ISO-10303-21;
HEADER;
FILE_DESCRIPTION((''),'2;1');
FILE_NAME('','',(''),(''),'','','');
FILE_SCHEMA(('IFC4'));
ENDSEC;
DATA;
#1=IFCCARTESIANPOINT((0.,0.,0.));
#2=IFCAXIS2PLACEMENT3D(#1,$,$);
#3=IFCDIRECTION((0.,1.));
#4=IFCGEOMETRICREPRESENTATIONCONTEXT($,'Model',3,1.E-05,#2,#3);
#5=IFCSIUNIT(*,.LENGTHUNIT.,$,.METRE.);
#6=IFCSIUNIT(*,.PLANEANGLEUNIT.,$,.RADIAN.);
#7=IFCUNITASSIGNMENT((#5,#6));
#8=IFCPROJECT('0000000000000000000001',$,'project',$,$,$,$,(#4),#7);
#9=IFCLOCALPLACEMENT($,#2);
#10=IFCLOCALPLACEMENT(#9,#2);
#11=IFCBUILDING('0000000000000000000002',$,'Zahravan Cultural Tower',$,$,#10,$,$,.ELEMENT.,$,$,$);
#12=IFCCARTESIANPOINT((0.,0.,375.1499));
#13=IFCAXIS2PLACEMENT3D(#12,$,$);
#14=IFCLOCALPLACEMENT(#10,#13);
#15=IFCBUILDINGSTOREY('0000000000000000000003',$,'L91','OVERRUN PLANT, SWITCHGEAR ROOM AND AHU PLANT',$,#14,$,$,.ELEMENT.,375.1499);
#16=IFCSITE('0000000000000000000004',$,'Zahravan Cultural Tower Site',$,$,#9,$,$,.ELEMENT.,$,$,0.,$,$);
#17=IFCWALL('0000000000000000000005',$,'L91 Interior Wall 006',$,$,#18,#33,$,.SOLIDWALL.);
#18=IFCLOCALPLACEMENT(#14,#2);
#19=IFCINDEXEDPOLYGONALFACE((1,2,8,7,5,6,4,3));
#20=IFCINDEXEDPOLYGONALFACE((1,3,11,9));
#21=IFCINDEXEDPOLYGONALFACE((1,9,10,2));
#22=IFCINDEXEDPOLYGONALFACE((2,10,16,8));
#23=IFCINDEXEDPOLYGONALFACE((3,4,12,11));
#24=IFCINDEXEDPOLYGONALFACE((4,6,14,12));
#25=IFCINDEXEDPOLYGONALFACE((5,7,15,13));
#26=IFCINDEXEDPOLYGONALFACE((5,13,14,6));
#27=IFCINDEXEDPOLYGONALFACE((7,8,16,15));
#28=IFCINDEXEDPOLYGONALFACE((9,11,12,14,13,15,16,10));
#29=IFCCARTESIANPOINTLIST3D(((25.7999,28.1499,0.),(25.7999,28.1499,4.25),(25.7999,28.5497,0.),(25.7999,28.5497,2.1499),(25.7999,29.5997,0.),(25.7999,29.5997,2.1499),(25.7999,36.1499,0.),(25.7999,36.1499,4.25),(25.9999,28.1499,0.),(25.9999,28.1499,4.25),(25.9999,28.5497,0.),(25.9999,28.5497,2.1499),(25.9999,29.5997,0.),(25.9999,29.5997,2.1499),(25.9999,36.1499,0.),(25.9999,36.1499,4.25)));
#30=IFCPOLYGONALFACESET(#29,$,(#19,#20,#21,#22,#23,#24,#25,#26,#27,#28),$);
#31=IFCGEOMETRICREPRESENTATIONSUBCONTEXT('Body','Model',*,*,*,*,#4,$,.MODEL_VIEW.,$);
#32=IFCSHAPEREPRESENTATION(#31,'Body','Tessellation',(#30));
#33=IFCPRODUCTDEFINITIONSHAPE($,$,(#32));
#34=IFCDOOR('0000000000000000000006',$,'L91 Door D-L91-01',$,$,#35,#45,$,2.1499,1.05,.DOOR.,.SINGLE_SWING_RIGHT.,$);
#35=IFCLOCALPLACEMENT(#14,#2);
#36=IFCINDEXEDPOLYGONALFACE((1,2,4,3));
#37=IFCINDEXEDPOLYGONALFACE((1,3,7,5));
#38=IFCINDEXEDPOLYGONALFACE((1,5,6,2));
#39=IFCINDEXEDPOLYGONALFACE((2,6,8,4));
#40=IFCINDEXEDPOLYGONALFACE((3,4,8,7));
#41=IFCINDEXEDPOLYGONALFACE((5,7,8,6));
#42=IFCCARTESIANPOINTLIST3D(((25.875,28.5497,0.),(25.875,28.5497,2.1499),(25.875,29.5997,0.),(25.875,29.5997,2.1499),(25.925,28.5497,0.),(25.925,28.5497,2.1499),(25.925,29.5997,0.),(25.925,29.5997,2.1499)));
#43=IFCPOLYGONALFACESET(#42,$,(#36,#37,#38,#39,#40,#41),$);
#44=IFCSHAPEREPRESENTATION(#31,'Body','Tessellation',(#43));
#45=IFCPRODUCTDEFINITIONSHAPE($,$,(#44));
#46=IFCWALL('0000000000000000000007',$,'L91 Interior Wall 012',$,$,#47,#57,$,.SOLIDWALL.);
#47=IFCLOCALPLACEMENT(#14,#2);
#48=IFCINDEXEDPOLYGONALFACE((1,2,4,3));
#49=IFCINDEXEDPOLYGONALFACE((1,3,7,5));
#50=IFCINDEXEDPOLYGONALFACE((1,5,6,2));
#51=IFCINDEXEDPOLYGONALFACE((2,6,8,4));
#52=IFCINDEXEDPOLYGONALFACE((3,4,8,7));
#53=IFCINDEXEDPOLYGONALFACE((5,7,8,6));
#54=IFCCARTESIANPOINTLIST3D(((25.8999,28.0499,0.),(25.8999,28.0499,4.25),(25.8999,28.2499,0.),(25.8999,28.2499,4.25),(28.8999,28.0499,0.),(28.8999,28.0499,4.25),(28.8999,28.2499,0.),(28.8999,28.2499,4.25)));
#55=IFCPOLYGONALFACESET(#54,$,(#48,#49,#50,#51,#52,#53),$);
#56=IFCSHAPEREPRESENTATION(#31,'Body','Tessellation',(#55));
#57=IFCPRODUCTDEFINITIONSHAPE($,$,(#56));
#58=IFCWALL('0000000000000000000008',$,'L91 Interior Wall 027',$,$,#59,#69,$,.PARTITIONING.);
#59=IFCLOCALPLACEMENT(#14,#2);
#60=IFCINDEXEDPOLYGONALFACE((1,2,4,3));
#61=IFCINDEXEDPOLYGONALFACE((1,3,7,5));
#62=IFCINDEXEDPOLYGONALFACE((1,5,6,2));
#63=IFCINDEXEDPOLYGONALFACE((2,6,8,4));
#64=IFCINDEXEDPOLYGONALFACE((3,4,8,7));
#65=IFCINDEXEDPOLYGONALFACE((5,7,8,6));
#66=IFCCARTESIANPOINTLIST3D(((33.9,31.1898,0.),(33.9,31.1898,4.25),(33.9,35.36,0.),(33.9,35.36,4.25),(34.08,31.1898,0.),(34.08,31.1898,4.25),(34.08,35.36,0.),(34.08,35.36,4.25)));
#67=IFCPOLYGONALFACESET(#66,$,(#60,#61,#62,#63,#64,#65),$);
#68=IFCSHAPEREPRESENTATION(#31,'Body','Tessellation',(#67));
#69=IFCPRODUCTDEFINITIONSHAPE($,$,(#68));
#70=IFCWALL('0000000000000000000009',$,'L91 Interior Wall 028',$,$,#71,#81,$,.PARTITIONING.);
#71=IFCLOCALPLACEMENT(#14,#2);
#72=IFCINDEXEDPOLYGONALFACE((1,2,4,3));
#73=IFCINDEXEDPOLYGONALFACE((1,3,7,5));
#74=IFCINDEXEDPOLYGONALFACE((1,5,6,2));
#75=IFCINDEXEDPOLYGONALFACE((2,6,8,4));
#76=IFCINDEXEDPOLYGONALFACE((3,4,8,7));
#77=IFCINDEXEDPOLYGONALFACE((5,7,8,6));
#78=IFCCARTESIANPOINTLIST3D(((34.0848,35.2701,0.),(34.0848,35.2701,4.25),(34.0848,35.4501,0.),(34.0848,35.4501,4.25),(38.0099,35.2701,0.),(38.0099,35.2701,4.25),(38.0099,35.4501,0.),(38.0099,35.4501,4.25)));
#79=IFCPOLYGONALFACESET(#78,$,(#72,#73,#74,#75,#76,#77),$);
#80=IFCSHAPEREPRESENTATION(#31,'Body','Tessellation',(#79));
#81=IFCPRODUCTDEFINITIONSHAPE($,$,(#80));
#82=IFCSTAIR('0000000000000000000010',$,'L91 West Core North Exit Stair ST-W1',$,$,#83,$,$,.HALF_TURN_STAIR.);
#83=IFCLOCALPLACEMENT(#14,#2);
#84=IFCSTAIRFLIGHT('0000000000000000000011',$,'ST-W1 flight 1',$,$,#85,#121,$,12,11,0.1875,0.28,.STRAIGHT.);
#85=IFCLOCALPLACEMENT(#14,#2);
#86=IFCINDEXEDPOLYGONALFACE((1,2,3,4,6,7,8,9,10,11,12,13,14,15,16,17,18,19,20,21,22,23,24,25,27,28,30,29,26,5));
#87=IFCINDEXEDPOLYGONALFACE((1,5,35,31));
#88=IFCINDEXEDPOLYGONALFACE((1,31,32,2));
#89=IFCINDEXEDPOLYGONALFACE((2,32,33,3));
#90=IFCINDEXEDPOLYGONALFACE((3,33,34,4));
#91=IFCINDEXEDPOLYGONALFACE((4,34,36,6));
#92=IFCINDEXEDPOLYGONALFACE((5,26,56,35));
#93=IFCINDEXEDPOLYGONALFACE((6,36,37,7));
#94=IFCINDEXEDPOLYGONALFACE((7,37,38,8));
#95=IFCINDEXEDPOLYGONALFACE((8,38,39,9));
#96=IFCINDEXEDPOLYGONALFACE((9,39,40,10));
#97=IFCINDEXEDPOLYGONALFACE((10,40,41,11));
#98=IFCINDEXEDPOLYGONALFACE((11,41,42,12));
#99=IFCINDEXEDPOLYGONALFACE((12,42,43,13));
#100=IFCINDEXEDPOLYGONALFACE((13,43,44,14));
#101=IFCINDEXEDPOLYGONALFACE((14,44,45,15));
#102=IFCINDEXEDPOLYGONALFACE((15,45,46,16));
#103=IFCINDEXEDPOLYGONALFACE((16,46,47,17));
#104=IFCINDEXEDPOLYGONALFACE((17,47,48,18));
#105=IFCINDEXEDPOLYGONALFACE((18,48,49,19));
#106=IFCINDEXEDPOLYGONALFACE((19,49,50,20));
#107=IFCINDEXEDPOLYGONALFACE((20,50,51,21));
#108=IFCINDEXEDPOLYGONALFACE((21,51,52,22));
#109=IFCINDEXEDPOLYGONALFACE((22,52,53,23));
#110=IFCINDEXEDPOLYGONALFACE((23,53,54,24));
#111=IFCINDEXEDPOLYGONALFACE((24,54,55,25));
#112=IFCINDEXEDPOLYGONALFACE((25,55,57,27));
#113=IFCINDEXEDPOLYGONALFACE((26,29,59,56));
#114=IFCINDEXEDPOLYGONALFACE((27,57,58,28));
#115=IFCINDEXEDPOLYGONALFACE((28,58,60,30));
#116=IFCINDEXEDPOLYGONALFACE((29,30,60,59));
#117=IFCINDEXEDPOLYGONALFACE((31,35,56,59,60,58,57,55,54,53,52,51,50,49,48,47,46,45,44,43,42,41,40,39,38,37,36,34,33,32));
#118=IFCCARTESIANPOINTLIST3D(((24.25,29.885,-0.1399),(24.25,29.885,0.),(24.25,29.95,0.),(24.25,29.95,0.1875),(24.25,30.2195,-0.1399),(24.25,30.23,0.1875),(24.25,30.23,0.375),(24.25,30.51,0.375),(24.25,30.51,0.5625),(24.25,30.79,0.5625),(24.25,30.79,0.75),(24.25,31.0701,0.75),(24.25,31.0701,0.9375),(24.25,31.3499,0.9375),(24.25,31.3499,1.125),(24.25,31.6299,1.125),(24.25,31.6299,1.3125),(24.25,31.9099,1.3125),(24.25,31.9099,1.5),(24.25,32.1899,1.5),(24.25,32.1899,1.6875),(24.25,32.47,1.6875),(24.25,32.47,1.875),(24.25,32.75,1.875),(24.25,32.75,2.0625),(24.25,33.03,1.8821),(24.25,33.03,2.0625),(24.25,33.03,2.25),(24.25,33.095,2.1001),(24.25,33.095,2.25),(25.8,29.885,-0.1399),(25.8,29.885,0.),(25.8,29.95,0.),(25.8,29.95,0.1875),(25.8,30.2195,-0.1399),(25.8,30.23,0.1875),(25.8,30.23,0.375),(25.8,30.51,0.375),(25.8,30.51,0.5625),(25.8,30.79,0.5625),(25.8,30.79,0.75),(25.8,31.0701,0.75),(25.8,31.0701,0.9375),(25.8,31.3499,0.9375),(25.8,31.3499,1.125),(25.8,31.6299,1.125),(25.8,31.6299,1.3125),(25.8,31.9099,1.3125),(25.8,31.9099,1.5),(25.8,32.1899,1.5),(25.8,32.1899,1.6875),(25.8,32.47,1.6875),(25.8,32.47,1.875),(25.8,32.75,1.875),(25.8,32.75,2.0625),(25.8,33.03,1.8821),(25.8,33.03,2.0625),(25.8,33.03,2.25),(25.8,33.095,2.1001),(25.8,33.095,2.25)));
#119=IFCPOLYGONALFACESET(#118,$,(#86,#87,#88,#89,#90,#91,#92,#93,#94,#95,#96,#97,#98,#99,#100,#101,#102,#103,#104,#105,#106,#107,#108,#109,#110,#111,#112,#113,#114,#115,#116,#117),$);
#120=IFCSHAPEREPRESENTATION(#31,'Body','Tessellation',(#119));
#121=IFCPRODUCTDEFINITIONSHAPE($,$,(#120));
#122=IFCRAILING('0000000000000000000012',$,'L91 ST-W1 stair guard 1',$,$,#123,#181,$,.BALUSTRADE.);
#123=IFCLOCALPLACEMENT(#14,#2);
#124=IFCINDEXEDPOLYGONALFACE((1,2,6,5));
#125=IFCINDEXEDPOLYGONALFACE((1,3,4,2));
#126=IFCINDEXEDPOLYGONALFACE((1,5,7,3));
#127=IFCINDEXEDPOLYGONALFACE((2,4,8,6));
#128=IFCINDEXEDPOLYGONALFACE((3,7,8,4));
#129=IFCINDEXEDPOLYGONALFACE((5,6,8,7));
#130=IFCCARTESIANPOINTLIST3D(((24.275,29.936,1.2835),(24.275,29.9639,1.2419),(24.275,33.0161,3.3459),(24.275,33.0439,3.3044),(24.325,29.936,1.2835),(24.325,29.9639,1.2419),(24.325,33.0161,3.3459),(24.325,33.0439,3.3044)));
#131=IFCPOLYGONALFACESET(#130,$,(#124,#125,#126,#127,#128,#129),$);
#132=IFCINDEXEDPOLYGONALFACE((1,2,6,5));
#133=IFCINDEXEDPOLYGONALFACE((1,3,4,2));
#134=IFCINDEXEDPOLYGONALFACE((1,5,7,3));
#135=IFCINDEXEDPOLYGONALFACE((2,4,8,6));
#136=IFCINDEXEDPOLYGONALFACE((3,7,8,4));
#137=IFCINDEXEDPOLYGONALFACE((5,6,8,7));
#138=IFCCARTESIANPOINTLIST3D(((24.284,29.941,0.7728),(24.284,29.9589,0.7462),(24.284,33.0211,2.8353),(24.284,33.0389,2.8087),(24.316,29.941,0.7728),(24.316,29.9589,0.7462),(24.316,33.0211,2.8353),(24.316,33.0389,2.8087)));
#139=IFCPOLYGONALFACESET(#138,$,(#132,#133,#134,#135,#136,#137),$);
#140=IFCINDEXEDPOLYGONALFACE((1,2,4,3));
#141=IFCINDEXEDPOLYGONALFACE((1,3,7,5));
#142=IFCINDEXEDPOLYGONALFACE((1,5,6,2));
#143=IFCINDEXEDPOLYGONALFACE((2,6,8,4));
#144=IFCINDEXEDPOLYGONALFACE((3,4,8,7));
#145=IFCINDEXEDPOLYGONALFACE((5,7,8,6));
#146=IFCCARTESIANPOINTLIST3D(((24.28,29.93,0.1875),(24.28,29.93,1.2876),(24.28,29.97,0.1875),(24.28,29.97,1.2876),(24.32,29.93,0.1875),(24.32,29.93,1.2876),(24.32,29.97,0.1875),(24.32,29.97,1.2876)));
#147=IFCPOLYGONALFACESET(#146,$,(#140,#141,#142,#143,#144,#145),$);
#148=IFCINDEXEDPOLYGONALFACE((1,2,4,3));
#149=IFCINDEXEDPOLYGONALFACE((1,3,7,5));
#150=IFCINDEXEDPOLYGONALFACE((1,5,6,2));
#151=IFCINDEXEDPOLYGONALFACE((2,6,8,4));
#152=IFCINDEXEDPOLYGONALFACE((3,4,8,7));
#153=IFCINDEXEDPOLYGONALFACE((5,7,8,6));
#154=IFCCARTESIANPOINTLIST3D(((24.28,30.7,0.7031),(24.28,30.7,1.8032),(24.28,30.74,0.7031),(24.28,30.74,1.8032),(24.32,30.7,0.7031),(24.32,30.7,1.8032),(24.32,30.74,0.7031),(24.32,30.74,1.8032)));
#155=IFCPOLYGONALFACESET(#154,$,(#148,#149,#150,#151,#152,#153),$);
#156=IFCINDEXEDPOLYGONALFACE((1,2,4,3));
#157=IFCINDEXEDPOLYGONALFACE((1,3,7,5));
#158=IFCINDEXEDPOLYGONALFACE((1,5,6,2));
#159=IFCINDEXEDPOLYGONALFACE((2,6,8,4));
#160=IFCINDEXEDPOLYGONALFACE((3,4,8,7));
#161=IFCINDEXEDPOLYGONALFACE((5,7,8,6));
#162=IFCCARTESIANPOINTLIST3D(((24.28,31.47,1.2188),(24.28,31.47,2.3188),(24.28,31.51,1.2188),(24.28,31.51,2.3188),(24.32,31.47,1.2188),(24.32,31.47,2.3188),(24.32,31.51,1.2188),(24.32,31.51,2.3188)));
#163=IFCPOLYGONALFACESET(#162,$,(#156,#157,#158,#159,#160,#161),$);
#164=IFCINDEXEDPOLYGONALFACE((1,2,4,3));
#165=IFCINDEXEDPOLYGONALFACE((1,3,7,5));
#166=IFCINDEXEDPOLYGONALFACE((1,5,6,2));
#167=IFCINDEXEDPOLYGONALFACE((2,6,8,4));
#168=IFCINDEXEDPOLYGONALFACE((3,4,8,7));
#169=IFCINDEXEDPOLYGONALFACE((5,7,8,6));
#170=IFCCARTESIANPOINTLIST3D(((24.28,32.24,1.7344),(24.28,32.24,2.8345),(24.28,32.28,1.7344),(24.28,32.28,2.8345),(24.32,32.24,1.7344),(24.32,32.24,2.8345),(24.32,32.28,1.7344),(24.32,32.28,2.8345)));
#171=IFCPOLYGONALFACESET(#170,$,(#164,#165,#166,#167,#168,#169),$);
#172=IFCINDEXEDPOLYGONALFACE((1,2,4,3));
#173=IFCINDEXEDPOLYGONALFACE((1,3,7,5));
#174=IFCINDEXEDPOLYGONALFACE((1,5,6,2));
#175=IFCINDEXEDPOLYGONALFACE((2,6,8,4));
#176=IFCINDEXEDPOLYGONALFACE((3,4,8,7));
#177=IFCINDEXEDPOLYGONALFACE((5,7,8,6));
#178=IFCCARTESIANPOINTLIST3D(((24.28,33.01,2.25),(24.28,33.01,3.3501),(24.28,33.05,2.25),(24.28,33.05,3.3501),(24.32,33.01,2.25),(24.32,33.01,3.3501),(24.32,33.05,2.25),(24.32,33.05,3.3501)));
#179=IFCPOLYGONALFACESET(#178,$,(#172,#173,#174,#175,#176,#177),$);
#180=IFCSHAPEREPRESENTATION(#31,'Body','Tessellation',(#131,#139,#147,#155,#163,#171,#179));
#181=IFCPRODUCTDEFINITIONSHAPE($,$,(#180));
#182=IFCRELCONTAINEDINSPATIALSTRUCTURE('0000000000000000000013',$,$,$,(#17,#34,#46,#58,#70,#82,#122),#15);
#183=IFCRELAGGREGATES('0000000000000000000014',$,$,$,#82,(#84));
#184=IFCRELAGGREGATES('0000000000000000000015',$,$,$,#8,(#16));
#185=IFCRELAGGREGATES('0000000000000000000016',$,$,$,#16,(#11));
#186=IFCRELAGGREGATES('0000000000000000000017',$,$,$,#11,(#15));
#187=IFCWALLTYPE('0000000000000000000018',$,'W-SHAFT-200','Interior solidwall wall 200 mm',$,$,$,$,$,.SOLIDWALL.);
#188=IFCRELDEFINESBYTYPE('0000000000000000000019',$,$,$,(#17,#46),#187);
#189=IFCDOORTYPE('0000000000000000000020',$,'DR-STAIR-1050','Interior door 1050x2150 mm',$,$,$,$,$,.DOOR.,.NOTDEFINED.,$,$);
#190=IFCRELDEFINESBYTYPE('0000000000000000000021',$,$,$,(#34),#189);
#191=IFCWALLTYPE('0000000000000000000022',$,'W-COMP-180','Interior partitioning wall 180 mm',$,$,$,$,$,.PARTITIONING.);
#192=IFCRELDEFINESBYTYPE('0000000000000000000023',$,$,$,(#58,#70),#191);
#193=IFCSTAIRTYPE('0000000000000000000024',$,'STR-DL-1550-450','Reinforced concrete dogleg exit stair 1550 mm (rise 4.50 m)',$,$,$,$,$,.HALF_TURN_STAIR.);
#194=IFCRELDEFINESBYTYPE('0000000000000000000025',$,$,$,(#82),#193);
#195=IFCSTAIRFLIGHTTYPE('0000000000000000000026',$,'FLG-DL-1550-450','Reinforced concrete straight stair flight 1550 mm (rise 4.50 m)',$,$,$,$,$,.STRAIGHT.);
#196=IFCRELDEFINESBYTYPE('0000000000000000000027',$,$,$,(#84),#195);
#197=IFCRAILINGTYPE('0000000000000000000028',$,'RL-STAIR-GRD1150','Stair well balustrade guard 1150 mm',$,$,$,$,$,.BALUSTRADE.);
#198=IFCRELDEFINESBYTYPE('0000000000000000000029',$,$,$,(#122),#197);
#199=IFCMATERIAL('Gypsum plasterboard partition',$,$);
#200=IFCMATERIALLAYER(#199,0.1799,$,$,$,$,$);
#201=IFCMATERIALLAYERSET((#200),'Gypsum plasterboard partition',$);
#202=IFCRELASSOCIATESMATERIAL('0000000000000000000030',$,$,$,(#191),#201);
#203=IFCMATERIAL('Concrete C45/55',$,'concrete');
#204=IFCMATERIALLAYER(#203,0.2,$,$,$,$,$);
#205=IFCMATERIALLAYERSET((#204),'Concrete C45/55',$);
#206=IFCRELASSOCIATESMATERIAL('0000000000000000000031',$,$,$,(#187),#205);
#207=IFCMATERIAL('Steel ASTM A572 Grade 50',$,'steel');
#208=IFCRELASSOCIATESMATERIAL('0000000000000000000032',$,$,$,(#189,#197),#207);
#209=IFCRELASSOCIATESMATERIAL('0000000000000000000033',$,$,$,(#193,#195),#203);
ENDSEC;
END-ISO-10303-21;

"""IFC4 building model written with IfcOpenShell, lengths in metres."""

from ifc_helpers import new_model, si_unit, direction, frame, frame_2d, origin, origin_2d, place, context, subcontext, project, spatial, polyline, rectangle, outline, extrude, source, transform, mapped, material, layer, layer_set, type_object, element, fill, aggregate, save


model = new_model("IFC4")

# Units and contexts
model_context = context("Model", 3, precision=1e-05, world=origin(), true_north=direction((0.0, 1.0)))
body_context = subcontext(model_context, "Body", "Model", "MODEL_VIEW")
ifc_project = project(units=[si_unit("LENGTHUNIT", "METRE"), si_unit("PLANEANGLEUNIT", "RADIAN")], contexts=[model_context])

# Site, building, storey
site_placement = place(None, origin())
site = spatial("IfcSite", under=ifc_project, at=site_placement, Name="Zahravan Cultural Tower Site", CompositionType="ELEMENT", RefElevation=0.0)
building_placement = place(site_placement, origin())
building = spatial("IfcBuilding", under=site, at=building_placement, Name="Zahravan Cultural Tower", CompositionType="ELEMENT")
storey_placement = place(building_placement, frame((0.0, 0.0, 375.1499)))
storey = spatial("IfcBuildingStorey", under=building, at=storey_placement, Name="L91", Description="OVERRUN PLANT, SWITCHGEAR ROOM AND AHU PLANT", CompositionType="ELEMENT", Elevation=375.1499)

# Shared definitions
ifc_material_1 = material(Name="Concrete C45/55", Category="concrete")

# Wall, opening, door
ifc_material_2 = material(Name="Steel ASTM A572 Grade 50", Category="steel")
ifc_material_3 = material(Name="Gypsum plasterboard partition")
ifc_layer_1 = layer(ifc_material_3, 0.1799)
ifc_layer_set_1 = layer_set([ifc_layer_1], Name="Gypsum plasterboard partition")
wall_type_1 = type_object("IfcWallType", Name="W-COMP-180", Description="Interior partitioning wall 180 mm", PredefinedType="PARTITIONING", material=ifc_layer_set_1)
ifc_layer_2 = layer(ifc_material_1, 0.2)
ifc_layer_set_2 = layer_set([ifc_layer_2], Name="Concrete C45/55")
wall_type_2 = type_object("IfcWallType", Name="W-SHAFT-200", Description="Interior solidwall wall 200 mm", PredefinedType="SOLIDWALL", material=ifc_layer_set_2)
wall_1_placement = place(storey_placement, frame((25.8999, 28.1499, 0.0), z_axis=(0.0, 0.0, 1.0), x_axis=(0.0, 1.0, 0.0)))
wall_1 = element("IfcWall", 1, at=wall_1_placement, inside=storey, type_object=wall_type_2, Name="L91 Interior Wall 006", PredefinedType="SOLIDWALL", context=body_context, shape_type="SweptSolid", body=[
    extrude(rectangle(XDim=8.0, YDim=0.2, at=frame_2d((4.0, 0.0))), origin(), (0.0, 0.0, 1.0), 4.25),
])
opening_1_placement = place(wall_1_placement, frame((0.3999, 0.0, 0.0)))
opening_1 = element("IfcOpeningElement", 2, at=opening_1_placement, cuts=wall_1, PredefinedType="OPENING", context=body_context, shape_type="SweptSolid", body=[
    extrude(rectangle(XDim=1.05, YDim=2.1499, at=frame_2d((0.5249, 1.075))), frame((0.0, 0.1099, 0.0), z_axis=(0.0, -1.0, 0.0), x_axis=(1.0, 0.0, 0.0)), (0.0, 0.0, 1.0), 0.22),
])
door_type_1 = type_object("IfcDoorType", Name="DR-STAIR-1050", Description="Interior door 1050x2150 mm", OperationType="NOTDEFINED", PredefinedType="DOOR", material=ifc_material_2)
shared_shape_1 = source(origin(), body_context, "Body", "SweptSolid", [
    extrude(rectangle(XDim=1.05, YDim=2.1499, at=frame_2d((0.5249, 1.075))), frame((0.0, 0.0249, 0.0), z_axis=(0.0, -1.0, 0.0), x_axis=(1.0, 0.0, 0.0)), (0.0, 0.0, 1.0), 0.05),
])
door_1_placement = place(opening_1_placement, origin())
door_1 = element("IfcDoor", 3, at=door_1_placement, inside=storey, type_object=door_type_1, Name="L91 Door D-L91-01", OperationType="SINGLE_SWING_RIGHT", OverallHeight=2.1499, OverallWidth=1.05, PredefinedType="DOOR", context=body_context, shape_type="MappedRepresentation", body=[
    mapped(shared_shape_1, transform((0.0, 0.0, 0.0), x_axis=(1.0, 0.0, 0.0), y_axis=(0.0, 1.0, 0.0), z_axis=(0.0, 0.0, 1.0), scale=1.0)),
])
fill(opening_1, door_1)

# Walls
shared_shape_2 = source(origin(), body_context, "Body", "SweptSolid", [
    extrude(rectangle(XDim=3.0, YDim=0.2, at=frame_2d((1.5, 0.0))), origin(), (0.0, 0.0, 1.0), 4.25),
])
wall_2_placement = place(storey_placement, frame((25.8999, 28.1499, 0.0), z_axis=(0.0, 0.0, 1.0), x_axis=(1.0, 0.0, 0.0)))
element("IfcWall", 4, at=wall_2_placement, inside=storey, type_object=wall_type_2, Name="L91 Interior Wall 012", PredefinedType="SOLIDWALL", context=body_context, shape_type="MappedRepresentation", body=[
    mapped(shared_shape_2, transform((0.0, 0.0, 0.0), x_axis=(1.0, 0.0, 0.0), y_axis=(0.0, 1.0, 0.0), z_axis=(0.0, 0.0, 1.0), scale=1.0)),
])
shared_shape_3 = source(origin(), body_context, "Body", "SweptSolid", [
    extrude(rectangle(XDim=4.1702, YDim=0.1799, at=frame_2d((2.085, 0.0))), origin(), (0.0, 0.0, 1.0), 4.25),
])
wall_3_placement = place(storey_placement, frame((33.99, 31.1899, 0.0), z_axis=(0.0, 0.0, 1.0), x_axis=(0.0, 1.0, 0.0)))
element("IfcWall", 5, at=wall_3_placement, inside=storey, type_object=wall_type_1, Name="L91 Interior Wall 027", PredefinedType="PARTITIONING", context=body_context, shape_type="MappedRepresentation", body=[
    mapped(shared_shape_3, transform((0.0, 0.0, 0.0), x_axis=(1.0, 0.0, 0.0), y_axis=(0.0, 1.0, 0.0), z_axis=(0.0, 0.0, 1.0), scale=1.0)),
])
shared_shape_4 = source(origin(), body_context, "Body", "SweptSolid", [
    extrude(rectangle(XDim=3.925, YDim=0.1799, at=frame_2d((1.9624, 0.0))), origin(), (0.0, 0.0, 1.0), 4.25),
])
wall_4_placement = place(storey_placement, frame((34.085, 35.3601, 0.0), z_axis=(0.0, 0.0, 1.0), x_axis=(1.0, 0.0, 0.0)))
element("IfcWall", 6, at=wall_4_placement, inside=storey, type_object=wall_type_1, Name="L91 Interior Wall 028", PredefinedType="PARTITIONING", context=body_context, shape_type="MappedRepresentation", body=[
    mapped(shared_shape_4, transform((0.0, 0.0, 0.0), x_axis=(1.0, 0.0, 0.0), y_axis=(0.0, 1.0, 0.0), z_axis=(0.0, 0.0, 1.0), scale=1.0)),
])

# Stair, stair flight
stair_type = type_object("IfcStairType", Name="STR-DL-1550-450", Description="Reinforced concrete dogleg exit stair 1550 mm (rise 4.50 m)", PredefinedType="HALF_TURN_STAIR", material=ifc_material_1)
stair_placement = place(storey_placement, origin())
stair = element("IfcStair", 7, at=stair_placement, inside=storey, type_object=stair_type, Name="L91 West Core North Exit Stair ST-W1", PredefinedType="HALF_TURN_STAIR")
stair_flight_type = type_object("IfcStairFlightType", Name="FLG-DL-1550-450", Description="Reinforced concrete straight stair flight 1550 mm (rise 4.50 m)", PredefinedType="STRAIGHT", material=ifc_material_1)
stair_flight_placement = place(storey_placement, frame((25.0249, 29.95, 0.0), z_axis=(0.0, 0.0, 1.0), x_axis=(0.0, 1.0, 0.0)))
stair_flight = element("IfcStairFlight", 8, at=stair_flight_placement, type_object=stair_flight_type, Name="ST-W1 flight 1", NumberOfRisers=12, NumberOfTreads=11, PredefinedType="STRAIGHT", RiserHeight=0.1875, TreadLength=0.28, context=body_context, shape_type="SweptSolid", body=[
    extrude(outline(polyline([(-0.0649, -0.1399), (-0.0649, 0.0), (0.0, 0.0), (0.0, 0.1875), (0.28, 0.1875), (0.28, 0.375), (0.5601, 0.375), (0.5601, 0.5625), (0.8401, 0.5625), (0.8401, 0.75), (1.1201, 0.75), (1.1201, 0.9375), (1.3999, 0.9375), (1.3999, 1.125), (1.6799, 1.125), (1.6799, 1.3125), (1.96, 1.3125), (1.96, 1.5), (2.24, 1.5), (2.24, 1.6875), (2.52, 1.6875), (2.52, 1.875), (2.8, 1.875), (2.8, 2.0625), (3.0801, 2.0625), (3.0801, 2.25), (3.145, 2.25), (3.145, 2.1001), (3.0801, 1.8821), (0.2695, -0.1399), (-0.0649, -0.1399)])), frame((0.0, 0.7749, 0.0), z_axis=(0.0, -1.0, 0.0), x_axis=(1.0, 0.0, 0.0)), (0.0, 0.0, 1.0), 1.55),
])
aggregate(stair, [stair_flight])

# Railing
railing_type_1 = type_object("IfcRailingType", Name="RL-STAIR-GRD1150", Description="Stair well balustrade guard 1150 mm", PredefinedType="BALUSTRADE", material=ifc_material_2)
railing_1_placement = place(storey_placement, frame((24.3, 29.95, 0.1875)))
element("IfcRailing", 9, at=railing_1_placement, inside=storey, type_object=railing_type_1, Name="L91 ST-W1 stair guard 1", PredefinedType="BALUSTRADE", context=body_context, shape_type="SweptSolid", body=[
    extrude(rectangle(XDim=0.05, YDim=0.05, at=origin_2d()), frame((0.0, 0.0, 1.0752), z_axis=(0.0, 0.830914, 0.556401), x_axis=(-1.0, 0.0, 0.0)), (0.0, 0.0, 1.0), 3.7068),
    extrude(rectangle(XDim=0.032, YDim=0.032, at=origin_2d()), frame((0.0, 0.0, 0.572), z_axis=(0.0, 0.830914, 0.556401), x_axis=(-1.0, 0.0, 0.0)), (0.0, 0.0, 1.0), 3.7068),
    extrude(rectangle(XDim=0.04, YDim=0.04, at=origin_2d()), origin(), (0.0, 0.0, 1.0), 1.1001),
    extrude(rectangle(XDim=0.04, YDim=0.04, at=origin_2d()), frame((0.0, 0.77, 0.5156)), (0.0, 0.0, 1.0), 1.1001),
    extrude(rectangle(XDim=0.04, YDim=0.04, at=origin_2d()), frame((0.0, 1.54, 1.0312)), (0.0, 0.0, 1.0), 1.1001),
    extrude(rectangle(XDim=0.04, YDim=0.04, at=origin_2d()), frame((0.0, 2.3101, 1.5469)), (0.0, 0.0, 1.0), 1.1001),
    extrude(rectangle(XDim=0.04, YDim=0.04, at=origin_2d()), frame((0.0, 3.0801, 2.0625)), (0.0, 0.0, 1.0), 1.1001),
])

save(model, "model.ifc")
